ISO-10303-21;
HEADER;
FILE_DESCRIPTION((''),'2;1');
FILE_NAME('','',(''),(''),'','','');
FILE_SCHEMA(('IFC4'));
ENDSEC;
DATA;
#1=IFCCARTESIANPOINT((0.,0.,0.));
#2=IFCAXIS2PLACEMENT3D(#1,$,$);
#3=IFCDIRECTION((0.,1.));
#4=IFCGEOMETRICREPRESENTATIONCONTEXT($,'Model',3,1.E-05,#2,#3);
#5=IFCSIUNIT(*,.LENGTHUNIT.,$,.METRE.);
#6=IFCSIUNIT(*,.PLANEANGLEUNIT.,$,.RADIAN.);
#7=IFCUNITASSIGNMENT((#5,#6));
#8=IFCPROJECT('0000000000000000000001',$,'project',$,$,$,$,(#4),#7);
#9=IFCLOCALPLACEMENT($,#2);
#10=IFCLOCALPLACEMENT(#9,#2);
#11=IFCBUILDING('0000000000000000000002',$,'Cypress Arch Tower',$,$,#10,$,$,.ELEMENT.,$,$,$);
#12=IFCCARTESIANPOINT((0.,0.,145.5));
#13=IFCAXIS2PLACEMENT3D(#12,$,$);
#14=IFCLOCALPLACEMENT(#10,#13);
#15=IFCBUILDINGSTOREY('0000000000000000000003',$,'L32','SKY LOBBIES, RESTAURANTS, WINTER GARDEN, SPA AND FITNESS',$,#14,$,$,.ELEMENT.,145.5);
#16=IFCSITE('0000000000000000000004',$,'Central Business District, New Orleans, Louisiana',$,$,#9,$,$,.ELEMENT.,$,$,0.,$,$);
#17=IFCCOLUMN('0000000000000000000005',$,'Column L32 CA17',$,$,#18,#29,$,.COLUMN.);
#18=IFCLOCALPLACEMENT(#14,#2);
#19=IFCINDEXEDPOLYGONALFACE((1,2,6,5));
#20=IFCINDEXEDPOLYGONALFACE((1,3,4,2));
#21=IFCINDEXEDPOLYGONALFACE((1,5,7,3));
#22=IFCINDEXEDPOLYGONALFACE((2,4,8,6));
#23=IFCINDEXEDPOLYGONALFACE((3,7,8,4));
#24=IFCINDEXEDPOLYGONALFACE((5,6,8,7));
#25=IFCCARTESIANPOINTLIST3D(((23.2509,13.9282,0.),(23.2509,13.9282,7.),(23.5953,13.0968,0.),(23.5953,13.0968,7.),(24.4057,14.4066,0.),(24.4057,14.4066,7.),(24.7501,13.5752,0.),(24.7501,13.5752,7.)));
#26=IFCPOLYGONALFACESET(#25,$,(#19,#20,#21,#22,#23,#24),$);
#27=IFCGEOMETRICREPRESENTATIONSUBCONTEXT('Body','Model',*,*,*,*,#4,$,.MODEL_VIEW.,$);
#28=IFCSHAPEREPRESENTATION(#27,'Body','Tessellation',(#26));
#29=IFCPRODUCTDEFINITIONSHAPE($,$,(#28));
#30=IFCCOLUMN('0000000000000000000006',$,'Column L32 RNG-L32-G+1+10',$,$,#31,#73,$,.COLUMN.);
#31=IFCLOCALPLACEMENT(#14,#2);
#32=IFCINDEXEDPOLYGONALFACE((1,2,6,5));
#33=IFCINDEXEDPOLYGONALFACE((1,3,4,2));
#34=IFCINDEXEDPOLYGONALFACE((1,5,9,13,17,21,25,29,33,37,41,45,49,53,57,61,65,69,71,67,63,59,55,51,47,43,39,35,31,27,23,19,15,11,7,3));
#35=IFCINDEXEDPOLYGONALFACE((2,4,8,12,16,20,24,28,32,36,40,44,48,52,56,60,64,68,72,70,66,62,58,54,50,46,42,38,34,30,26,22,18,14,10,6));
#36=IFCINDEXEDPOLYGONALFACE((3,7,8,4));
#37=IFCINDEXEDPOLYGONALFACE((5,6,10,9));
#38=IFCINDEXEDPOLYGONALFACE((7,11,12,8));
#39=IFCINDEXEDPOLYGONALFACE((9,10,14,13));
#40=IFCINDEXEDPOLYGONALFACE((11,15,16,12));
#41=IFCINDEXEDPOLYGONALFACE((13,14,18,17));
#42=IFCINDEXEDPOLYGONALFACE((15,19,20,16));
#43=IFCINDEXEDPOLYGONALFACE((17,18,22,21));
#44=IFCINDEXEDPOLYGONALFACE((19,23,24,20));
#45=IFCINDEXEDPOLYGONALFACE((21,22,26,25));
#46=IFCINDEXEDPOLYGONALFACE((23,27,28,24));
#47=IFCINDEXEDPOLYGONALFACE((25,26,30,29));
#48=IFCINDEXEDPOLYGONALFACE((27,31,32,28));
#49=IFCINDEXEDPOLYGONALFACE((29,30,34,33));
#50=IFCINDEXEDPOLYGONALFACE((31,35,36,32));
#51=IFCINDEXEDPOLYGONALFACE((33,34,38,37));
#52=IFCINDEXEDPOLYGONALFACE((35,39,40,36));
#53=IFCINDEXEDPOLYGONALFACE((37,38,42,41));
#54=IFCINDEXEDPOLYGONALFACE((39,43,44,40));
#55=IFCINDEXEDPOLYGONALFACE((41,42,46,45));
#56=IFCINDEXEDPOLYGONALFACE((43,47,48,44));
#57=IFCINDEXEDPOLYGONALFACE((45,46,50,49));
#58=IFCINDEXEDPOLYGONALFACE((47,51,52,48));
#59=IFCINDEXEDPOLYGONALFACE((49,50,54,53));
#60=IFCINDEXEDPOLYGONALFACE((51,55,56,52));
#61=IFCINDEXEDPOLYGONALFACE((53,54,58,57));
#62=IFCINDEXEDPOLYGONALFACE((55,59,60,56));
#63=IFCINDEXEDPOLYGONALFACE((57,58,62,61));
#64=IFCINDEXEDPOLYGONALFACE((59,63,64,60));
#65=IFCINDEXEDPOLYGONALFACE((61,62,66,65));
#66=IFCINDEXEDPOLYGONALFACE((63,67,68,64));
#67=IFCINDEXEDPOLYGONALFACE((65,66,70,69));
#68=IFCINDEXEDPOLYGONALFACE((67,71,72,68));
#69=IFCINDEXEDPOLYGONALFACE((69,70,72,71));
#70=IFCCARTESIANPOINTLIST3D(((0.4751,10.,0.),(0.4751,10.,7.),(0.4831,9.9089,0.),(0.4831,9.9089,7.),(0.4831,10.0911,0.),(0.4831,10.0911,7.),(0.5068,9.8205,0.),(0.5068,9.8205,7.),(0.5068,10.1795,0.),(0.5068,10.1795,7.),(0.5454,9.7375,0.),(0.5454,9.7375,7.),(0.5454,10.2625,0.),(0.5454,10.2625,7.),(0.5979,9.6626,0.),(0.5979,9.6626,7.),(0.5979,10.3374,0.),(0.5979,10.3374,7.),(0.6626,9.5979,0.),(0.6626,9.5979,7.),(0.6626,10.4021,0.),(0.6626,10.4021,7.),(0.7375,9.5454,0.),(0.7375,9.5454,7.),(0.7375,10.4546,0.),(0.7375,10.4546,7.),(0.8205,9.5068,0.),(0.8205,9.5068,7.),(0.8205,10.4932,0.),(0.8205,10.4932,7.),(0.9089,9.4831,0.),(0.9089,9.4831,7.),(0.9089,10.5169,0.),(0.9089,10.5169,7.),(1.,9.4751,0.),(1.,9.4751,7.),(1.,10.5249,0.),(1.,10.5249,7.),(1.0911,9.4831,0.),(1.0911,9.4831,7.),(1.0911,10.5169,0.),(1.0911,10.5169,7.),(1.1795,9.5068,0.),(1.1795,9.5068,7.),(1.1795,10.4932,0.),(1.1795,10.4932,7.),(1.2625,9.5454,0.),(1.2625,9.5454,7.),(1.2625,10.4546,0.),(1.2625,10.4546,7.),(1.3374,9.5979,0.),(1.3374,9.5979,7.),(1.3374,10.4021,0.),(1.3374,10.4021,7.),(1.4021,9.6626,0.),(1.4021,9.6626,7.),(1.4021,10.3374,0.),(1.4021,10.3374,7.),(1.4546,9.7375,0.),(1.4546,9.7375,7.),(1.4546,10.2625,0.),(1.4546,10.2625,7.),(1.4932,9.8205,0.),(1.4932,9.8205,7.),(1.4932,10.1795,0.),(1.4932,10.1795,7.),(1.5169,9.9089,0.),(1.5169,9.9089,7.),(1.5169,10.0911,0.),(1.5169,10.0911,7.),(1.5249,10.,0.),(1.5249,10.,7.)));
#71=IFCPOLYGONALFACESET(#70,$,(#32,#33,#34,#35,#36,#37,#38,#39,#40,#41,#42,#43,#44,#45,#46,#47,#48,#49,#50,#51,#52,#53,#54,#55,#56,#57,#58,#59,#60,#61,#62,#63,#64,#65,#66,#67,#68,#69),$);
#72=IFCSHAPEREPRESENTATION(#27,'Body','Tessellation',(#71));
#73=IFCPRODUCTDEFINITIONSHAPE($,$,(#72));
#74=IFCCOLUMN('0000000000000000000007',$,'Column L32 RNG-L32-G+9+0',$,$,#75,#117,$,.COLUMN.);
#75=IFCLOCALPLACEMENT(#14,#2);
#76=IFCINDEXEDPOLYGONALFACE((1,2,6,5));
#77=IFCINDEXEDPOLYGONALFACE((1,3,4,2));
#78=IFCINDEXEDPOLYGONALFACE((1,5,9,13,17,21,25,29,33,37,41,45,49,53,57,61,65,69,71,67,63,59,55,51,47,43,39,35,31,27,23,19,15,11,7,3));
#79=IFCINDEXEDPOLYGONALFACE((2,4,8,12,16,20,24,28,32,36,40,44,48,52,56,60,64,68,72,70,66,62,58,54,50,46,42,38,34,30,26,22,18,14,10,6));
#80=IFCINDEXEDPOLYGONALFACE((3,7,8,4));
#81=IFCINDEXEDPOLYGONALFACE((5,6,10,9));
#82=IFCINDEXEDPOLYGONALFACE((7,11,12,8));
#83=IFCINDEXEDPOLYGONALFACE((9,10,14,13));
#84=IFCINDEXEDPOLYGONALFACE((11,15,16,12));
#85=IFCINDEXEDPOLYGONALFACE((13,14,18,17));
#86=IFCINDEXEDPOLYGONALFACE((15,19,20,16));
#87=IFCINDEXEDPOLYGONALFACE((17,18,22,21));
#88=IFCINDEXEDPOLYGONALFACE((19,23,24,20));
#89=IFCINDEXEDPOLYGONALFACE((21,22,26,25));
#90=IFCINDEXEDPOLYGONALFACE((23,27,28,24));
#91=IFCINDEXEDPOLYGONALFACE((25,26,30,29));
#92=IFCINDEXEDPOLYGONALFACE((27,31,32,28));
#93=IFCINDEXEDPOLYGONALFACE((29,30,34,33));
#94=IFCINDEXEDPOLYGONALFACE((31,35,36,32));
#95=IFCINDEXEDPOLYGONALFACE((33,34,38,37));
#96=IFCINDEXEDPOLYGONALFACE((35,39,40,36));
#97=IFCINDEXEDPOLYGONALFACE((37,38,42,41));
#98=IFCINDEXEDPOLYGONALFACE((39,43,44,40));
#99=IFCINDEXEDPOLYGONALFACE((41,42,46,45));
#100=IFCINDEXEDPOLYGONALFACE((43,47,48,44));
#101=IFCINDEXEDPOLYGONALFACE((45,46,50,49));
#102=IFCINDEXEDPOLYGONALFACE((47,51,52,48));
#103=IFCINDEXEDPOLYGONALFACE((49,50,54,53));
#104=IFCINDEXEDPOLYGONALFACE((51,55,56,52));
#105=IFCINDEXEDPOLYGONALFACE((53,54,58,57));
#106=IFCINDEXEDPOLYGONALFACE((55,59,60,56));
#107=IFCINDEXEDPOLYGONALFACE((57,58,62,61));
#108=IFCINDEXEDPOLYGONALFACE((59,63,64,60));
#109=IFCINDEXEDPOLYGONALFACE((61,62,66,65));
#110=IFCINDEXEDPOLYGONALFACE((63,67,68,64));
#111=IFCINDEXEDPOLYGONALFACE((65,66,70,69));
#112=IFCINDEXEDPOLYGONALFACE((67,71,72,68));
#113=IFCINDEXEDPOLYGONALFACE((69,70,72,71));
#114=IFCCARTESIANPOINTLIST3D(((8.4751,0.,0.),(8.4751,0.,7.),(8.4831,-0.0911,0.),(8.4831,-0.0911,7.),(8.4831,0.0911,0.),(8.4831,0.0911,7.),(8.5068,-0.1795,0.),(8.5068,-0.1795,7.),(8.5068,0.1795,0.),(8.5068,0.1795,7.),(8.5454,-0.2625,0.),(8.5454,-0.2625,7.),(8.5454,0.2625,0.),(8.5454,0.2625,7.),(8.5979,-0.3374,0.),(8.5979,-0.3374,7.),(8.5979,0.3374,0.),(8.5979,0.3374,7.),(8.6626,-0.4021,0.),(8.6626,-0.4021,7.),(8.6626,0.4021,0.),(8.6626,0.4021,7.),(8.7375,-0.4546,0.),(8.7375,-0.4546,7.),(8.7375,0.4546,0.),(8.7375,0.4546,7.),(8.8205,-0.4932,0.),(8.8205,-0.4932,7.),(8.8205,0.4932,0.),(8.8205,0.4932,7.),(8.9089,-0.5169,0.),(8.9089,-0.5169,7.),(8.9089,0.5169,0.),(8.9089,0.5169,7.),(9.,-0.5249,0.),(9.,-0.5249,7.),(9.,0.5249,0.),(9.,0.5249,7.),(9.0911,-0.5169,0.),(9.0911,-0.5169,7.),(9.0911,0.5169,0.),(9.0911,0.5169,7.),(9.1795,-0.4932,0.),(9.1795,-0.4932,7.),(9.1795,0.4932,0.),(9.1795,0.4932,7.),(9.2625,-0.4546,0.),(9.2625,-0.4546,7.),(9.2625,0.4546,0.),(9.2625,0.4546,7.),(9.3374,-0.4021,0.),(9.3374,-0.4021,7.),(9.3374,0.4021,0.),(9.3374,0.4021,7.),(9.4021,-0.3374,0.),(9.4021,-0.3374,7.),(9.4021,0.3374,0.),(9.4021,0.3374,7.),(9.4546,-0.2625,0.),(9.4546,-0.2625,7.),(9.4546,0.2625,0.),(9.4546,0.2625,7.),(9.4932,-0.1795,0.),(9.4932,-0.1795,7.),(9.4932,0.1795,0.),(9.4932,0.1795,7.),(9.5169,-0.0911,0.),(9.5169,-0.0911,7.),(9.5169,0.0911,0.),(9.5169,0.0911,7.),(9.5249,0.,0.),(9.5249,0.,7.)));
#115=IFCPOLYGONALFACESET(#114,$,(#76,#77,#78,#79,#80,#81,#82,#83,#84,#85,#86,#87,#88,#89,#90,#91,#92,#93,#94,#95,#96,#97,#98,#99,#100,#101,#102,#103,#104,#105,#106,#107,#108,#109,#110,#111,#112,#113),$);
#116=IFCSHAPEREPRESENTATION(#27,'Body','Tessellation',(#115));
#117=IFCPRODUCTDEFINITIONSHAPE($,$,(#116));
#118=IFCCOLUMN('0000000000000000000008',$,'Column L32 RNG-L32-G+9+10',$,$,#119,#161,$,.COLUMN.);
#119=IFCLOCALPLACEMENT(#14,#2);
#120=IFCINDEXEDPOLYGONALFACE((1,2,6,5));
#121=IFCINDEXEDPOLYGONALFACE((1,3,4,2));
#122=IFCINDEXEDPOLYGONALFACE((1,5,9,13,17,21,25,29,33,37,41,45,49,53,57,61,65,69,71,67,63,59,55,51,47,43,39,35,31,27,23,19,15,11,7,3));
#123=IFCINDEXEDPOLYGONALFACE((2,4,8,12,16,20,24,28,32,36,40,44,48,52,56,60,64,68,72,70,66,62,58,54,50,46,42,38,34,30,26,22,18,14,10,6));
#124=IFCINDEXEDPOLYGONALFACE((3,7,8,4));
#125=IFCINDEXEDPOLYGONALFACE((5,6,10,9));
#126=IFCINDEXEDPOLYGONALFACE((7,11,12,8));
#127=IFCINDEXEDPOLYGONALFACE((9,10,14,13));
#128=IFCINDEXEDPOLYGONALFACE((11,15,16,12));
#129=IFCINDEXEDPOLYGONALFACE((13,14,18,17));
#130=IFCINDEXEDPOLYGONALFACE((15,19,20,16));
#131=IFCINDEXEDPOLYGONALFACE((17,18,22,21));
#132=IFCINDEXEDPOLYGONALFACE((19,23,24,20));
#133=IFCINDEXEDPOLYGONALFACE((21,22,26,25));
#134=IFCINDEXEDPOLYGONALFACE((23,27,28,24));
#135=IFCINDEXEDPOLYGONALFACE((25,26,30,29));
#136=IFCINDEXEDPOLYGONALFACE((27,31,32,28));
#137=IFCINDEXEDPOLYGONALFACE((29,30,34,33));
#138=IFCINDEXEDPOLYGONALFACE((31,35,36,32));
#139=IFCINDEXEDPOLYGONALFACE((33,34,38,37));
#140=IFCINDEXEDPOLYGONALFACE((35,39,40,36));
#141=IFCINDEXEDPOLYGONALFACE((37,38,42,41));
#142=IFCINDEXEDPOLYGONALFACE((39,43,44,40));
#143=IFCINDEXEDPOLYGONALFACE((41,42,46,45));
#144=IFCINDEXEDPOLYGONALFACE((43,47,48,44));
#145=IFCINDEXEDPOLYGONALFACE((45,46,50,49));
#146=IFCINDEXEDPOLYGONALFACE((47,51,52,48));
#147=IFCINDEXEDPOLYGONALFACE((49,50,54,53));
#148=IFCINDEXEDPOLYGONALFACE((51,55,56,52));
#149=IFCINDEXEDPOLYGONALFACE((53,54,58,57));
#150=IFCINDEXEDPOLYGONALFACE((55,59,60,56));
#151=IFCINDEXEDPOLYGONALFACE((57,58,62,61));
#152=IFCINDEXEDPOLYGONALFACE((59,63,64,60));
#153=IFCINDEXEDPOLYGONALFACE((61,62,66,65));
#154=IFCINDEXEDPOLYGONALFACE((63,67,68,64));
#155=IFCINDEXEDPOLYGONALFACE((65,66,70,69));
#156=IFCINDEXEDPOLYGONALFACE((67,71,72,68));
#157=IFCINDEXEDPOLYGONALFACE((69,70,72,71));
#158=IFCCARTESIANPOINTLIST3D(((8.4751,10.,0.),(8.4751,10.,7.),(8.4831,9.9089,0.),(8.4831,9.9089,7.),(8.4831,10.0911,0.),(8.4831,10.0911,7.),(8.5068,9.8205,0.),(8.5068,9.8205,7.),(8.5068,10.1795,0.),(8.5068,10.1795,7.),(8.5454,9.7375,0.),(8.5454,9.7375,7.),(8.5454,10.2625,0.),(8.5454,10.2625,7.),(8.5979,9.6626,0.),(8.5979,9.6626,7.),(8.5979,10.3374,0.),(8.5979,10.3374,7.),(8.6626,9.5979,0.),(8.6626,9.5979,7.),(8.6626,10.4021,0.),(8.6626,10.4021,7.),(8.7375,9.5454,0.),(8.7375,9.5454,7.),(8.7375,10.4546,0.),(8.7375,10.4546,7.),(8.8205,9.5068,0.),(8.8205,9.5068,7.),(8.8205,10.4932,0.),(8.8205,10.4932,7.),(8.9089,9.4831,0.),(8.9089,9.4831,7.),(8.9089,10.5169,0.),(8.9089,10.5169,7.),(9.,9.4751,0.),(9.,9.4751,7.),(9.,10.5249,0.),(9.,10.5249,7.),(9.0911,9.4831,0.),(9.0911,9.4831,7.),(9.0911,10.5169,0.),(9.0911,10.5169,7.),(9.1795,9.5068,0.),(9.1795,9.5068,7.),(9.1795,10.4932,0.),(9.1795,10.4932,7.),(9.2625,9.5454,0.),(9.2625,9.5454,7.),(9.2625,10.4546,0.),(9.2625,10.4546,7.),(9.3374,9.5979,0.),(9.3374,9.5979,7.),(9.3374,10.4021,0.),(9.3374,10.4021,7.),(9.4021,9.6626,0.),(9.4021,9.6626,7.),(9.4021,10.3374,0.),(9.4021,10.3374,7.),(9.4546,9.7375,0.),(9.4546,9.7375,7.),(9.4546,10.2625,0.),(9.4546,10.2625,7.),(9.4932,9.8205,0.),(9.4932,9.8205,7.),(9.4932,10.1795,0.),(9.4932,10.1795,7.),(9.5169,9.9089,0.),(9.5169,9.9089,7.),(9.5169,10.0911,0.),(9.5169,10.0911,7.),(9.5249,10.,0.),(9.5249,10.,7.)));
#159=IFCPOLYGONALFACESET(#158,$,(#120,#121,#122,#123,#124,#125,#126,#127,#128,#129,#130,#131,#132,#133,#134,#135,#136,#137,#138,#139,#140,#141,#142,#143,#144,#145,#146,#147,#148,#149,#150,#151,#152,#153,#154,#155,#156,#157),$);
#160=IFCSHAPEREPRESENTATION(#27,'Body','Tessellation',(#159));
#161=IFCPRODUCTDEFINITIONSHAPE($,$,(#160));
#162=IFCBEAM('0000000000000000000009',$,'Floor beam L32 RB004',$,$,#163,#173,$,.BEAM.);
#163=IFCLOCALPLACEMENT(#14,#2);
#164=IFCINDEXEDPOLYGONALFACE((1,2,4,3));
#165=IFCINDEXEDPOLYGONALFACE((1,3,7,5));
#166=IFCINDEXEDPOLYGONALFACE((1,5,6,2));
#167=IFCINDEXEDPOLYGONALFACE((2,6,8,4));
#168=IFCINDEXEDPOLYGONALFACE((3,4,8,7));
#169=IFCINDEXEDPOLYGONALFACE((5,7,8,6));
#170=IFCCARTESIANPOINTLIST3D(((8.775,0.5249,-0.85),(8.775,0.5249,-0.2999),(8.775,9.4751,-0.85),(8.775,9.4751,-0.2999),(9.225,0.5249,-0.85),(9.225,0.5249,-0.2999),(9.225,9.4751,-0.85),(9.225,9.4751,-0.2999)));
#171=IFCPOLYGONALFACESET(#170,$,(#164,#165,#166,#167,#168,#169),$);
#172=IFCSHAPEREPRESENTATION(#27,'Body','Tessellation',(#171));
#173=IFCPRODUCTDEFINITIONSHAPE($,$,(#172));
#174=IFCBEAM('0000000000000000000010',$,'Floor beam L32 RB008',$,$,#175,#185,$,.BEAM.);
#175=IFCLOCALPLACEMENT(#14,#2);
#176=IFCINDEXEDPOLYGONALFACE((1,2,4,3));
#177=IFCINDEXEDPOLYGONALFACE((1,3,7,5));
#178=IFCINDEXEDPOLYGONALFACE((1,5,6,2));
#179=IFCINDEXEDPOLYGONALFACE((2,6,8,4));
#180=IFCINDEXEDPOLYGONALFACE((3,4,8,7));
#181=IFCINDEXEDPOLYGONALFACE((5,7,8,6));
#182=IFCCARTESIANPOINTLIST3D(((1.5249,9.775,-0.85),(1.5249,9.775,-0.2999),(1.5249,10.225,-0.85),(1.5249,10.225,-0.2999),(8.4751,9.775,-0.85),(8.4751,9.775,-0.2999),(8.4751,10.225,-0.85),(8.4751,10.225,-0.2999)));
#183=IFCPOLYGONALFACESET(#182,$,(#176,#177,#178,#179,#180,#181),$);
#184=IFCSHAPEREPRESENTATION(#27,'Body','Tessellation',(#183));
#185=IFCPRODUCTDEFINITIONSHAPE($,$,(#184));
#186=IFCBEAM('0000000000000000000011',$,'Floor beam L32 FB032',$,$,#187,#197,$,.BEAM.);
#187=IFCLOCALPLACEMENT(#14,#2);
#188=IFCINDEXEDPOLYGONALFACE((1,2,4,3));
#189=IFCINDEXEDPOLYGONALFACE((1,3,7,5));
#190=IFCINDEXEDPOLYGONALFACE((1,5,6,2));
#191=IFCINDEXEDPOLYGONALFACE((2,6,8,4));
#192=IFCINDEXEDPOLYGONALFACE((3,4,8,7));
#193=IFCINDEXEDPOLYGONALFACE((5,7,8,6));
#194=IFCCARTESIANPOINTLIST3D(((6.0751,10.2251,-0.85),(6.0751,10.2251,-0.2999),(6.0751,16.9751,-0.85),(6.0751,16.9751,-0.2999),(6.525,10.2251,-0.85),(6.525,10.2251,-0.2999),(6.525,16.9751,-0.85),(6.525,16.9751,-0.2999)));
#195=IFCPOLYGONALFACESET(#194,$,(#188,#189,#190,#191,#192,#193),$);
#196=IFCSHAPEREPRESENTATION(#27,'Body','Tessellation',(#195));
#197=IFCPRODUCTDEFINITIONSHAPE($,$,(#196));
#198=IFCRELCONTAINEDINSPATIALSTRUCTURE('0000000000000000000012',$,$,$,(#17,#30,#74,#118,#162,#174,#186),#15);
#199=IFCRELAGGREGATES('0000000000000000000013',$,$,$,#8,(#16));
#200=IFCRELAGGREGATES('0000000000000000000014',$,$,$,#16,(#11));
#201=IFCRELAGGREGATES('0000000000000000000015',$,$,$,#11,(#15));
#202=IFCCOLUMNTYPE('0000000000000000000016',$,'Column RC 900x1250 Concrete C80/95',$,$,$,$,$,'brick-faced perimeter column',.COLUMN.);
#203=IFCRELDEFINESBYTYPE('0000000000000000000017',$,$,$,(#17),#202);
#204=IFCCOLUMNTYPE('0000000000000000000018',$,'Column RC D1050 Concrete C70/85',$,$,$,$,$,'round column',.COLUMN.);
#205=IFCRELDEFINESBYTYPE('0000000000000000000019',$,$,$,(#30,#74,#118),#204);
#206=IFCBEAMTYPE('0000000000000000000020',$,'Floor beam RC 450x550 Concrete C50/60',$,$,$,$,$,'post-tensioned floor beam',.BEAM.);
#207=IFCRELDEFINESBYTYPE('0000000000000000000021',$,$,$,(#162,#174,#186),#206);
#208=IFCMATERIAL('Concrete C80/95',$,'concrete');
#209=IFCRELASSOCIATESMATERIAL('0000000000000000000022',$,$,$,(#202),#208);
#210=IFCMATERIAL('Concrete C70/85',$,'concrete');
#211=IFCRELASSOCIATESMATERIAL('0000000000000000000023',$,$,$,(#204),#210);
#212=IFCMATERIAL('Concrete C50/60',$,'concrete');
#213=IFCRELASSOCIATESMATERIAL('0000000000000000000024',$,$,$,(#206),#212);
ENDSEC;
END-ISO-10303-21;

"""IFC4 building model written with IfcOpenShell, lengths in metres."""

from ifc_helpers import new_model, si_unit, direction, frame, origin, origin_2d, place, context, subcontext, project, spatial, rectangle, circle, extrude, material, material_profile, profile_set, type_object, element, save


model = new_model("IFC4")

# Units and contexts
model_context = context("Model", 3, precision=1e-05, world=origin(), true_north=direction((0.0, 1.0)))
body_context = subcontext(model_context, "Body", "Model", "MODEL_VIEW")
ifc_project = project(units=[si_unit("LENGTHUNIT", "METRE"), si_unit("PLANEANGLEUNIT", "RADIAN")], contexts=[model_context])

# Site, building, storey
site_placement = place(None, origin())
site = spatial("IfcSite", under=ifc_project, at=site_placement, Name="Central Business District, New Orleans, Louisiana", CompositionType="ELEMENT", RefElevation=0.0)
building_placement = place(site_placement, origin())
building = spatial("IfcBuilding", under=site, at=building_placement, Name="Cypress Arch Tower", CompositionType="ELEMENT")
storey_placement = place(building_placement, frame((0.0, 0.0, 145.5)))
storey = spatial("IfcBuildingStorey", under=building, at=storey_placement, Name="L32", Description="SKY LOBBIES, RESTAURANTS, WINTER GARDEN, SPA AND FITNESS", CompositionType="ELEMENT", Elevation=145.5)

# Columns
ifc_material_1 = material(Name="Concrete C80/95", Category="concrete")
ifc_material_profile_1 = material_profile(ifc_material_1, rectangle(XDim=0.8999, YDim=1.25, at=origin_2d()), Name="RC 900x1250")
ifc_profile_set_1 = profile_set([ifc_material_profile_1], Name="Concrete C80/95")
column_type_1 = type_object("IfcColumnType", Name="Column RC 900x1250 Concrete C80/95", ElementType="brick-faced perimeter column", PredefinedType="COLUMN", material=ifc_profile_set_1)
column_placement = place(storey_placement, frame((24.0005, 13.7517, 0.0), z_axis=(0.0, 0.0, 1.0), x_axis=(-0.382683, 0.92388, 0.0)))
element("IfcColumn", 1, at=column_placement, inside=storey, type_object=column_type_1, Name="Column L32 CA17", PredefinedType="COLUMN", context=body_context, shape_type="SweptSolid", body=[
    extrude(rectangle(XDim=0.8999, YDim=1.25, at=origin_2d()), origin(), (0.0, 0.0, 1.0), 7.0),
])
ifc_material_2 = material(Name="Concrete C70/85", Category="concrete")
ifc_material_profile_2 = material_profile(ifc_material_2, circle(Radius=0.5249, at=origin_2d()), Name="RC D1050")
ifc_profile_set_2 = profile_set([ifc_material_profile_2], Name="Concrete C70/85")
column_type_2 = type_object("IfcColumnType", Name="Column RC D1050 Concrete C70/85", ElementType="round column", PredefinedType="COLUMN", material=ifc_profile_set_2)
for number, where, z_axis, x_axis, name in (
    (2, (1.0, 10.0, 0.0), (0.0, 0.0, 1.0), (1.0, 0.0, 0.0), "Column L32 RNG-L32-G+1+10"),
    (3, (9.0, 0.0, 0.0), (0.0, 0.0, 1.0), (1.0, 0.0, 0.0), "Column L32 RNG-L32-G+9+0"),
    (4, (9.0, 10.0, 0.0), (0.0, 0.0, 1.0), (1.0, 0.0, 0.0), "Column L32 RNG-L32-G+9+10"),
):
    element("IfcColumn", number, at=place(storey_placement, frame(where, z_axis=z_axis, x_axis=x_axis)), inside=storey, type_object=column_type_2, Name=name, PredefinedType="COLUMN", context=body_context, shape_type="SweptSolid", body=[
        extrude(circle(Radius=0.5249, at=origin_2d()), origin(), (0.0, 0.0, 1.0), 7.0),
    ])

# Beams
ifc_material_3 = material(Name="Concrete C50/60", Category="concrete")
ifc_material_profile_3 = material_profile(ifc_material_3, rectangle(XDim=0.45, YDim=0.55, at=origin_2d()), Name="RC 450x550")
ifc_profile_set_3 = profile_set([ifc_material_profile_3], Name="Concrete C50/60")
beam_type_1 = type_object("IfcBeamType", Name="Floor beam RC 450x550 Concrete C50/60", ElementType="post-tensioned floor beam", PredefinedType="BEAM", material=ifc_profile_set_3)
beam_1_placement = place(storey_placement, frame((9.0, 0.5249, -0.575), z_axis=(0.0, 1.0, 0.0), x_axis=(-1.0, 0.0, 0.0)))
element("IfcBeam", 5, at=beam_1_placement, inside=storey, type_object=beam_type_1, Name="Floor beam L32 RB004", PredefinedType="BEAM", context=body_context, shape_type="SweptSolid", body=[
    extrude(rectangle(XDim=0.45, YDim=0.55, at=origin_2d()), origin(), (0.0, 0.0, 1.0), 8.9502),
])
beam_2_placement = place(storey_placement, frame((1.5249, 10.0, -0.575), z_axis=(1.0, 0.0, 0.0), x_axis=(0.0, 1.0, 0.0)))
element("IfcBeam", 6, at=beam_2_placement, inside=storey, type_object=beam_type_1, Name="Floor beam L32 RB008", PredefinedType="BEAM", context=body_context, shape_type="SweptSolid", body=[
    extrude(rectangle(XDim=0.45, YDim=0.55, at=origin_2d()), origin(), (0.0, 0.0, 1.0), 6.9502),
])
beam_3_placement = place(storey_placement, frame((6.3, 10.2251, -0.575), z_axis=(0.0, 1.0, 0.0), x_axis=(-1.0, 0.0, 0.0)))
element("IfcBeam", 7, at=beam_3_placement, inside=storey, type_object=beam_type_1, Name="Floor beam L32 FB032", PredefinedType="BEAM", context=body_context, shape_type="SweptSolid", body=[
    extrude(rectangle(XDim=0.45, YDim=0.55, at=origin_2d()), origin(), (0.0, 0.0, 1.0), 6.75),
])

save(model, "model.ifc")
